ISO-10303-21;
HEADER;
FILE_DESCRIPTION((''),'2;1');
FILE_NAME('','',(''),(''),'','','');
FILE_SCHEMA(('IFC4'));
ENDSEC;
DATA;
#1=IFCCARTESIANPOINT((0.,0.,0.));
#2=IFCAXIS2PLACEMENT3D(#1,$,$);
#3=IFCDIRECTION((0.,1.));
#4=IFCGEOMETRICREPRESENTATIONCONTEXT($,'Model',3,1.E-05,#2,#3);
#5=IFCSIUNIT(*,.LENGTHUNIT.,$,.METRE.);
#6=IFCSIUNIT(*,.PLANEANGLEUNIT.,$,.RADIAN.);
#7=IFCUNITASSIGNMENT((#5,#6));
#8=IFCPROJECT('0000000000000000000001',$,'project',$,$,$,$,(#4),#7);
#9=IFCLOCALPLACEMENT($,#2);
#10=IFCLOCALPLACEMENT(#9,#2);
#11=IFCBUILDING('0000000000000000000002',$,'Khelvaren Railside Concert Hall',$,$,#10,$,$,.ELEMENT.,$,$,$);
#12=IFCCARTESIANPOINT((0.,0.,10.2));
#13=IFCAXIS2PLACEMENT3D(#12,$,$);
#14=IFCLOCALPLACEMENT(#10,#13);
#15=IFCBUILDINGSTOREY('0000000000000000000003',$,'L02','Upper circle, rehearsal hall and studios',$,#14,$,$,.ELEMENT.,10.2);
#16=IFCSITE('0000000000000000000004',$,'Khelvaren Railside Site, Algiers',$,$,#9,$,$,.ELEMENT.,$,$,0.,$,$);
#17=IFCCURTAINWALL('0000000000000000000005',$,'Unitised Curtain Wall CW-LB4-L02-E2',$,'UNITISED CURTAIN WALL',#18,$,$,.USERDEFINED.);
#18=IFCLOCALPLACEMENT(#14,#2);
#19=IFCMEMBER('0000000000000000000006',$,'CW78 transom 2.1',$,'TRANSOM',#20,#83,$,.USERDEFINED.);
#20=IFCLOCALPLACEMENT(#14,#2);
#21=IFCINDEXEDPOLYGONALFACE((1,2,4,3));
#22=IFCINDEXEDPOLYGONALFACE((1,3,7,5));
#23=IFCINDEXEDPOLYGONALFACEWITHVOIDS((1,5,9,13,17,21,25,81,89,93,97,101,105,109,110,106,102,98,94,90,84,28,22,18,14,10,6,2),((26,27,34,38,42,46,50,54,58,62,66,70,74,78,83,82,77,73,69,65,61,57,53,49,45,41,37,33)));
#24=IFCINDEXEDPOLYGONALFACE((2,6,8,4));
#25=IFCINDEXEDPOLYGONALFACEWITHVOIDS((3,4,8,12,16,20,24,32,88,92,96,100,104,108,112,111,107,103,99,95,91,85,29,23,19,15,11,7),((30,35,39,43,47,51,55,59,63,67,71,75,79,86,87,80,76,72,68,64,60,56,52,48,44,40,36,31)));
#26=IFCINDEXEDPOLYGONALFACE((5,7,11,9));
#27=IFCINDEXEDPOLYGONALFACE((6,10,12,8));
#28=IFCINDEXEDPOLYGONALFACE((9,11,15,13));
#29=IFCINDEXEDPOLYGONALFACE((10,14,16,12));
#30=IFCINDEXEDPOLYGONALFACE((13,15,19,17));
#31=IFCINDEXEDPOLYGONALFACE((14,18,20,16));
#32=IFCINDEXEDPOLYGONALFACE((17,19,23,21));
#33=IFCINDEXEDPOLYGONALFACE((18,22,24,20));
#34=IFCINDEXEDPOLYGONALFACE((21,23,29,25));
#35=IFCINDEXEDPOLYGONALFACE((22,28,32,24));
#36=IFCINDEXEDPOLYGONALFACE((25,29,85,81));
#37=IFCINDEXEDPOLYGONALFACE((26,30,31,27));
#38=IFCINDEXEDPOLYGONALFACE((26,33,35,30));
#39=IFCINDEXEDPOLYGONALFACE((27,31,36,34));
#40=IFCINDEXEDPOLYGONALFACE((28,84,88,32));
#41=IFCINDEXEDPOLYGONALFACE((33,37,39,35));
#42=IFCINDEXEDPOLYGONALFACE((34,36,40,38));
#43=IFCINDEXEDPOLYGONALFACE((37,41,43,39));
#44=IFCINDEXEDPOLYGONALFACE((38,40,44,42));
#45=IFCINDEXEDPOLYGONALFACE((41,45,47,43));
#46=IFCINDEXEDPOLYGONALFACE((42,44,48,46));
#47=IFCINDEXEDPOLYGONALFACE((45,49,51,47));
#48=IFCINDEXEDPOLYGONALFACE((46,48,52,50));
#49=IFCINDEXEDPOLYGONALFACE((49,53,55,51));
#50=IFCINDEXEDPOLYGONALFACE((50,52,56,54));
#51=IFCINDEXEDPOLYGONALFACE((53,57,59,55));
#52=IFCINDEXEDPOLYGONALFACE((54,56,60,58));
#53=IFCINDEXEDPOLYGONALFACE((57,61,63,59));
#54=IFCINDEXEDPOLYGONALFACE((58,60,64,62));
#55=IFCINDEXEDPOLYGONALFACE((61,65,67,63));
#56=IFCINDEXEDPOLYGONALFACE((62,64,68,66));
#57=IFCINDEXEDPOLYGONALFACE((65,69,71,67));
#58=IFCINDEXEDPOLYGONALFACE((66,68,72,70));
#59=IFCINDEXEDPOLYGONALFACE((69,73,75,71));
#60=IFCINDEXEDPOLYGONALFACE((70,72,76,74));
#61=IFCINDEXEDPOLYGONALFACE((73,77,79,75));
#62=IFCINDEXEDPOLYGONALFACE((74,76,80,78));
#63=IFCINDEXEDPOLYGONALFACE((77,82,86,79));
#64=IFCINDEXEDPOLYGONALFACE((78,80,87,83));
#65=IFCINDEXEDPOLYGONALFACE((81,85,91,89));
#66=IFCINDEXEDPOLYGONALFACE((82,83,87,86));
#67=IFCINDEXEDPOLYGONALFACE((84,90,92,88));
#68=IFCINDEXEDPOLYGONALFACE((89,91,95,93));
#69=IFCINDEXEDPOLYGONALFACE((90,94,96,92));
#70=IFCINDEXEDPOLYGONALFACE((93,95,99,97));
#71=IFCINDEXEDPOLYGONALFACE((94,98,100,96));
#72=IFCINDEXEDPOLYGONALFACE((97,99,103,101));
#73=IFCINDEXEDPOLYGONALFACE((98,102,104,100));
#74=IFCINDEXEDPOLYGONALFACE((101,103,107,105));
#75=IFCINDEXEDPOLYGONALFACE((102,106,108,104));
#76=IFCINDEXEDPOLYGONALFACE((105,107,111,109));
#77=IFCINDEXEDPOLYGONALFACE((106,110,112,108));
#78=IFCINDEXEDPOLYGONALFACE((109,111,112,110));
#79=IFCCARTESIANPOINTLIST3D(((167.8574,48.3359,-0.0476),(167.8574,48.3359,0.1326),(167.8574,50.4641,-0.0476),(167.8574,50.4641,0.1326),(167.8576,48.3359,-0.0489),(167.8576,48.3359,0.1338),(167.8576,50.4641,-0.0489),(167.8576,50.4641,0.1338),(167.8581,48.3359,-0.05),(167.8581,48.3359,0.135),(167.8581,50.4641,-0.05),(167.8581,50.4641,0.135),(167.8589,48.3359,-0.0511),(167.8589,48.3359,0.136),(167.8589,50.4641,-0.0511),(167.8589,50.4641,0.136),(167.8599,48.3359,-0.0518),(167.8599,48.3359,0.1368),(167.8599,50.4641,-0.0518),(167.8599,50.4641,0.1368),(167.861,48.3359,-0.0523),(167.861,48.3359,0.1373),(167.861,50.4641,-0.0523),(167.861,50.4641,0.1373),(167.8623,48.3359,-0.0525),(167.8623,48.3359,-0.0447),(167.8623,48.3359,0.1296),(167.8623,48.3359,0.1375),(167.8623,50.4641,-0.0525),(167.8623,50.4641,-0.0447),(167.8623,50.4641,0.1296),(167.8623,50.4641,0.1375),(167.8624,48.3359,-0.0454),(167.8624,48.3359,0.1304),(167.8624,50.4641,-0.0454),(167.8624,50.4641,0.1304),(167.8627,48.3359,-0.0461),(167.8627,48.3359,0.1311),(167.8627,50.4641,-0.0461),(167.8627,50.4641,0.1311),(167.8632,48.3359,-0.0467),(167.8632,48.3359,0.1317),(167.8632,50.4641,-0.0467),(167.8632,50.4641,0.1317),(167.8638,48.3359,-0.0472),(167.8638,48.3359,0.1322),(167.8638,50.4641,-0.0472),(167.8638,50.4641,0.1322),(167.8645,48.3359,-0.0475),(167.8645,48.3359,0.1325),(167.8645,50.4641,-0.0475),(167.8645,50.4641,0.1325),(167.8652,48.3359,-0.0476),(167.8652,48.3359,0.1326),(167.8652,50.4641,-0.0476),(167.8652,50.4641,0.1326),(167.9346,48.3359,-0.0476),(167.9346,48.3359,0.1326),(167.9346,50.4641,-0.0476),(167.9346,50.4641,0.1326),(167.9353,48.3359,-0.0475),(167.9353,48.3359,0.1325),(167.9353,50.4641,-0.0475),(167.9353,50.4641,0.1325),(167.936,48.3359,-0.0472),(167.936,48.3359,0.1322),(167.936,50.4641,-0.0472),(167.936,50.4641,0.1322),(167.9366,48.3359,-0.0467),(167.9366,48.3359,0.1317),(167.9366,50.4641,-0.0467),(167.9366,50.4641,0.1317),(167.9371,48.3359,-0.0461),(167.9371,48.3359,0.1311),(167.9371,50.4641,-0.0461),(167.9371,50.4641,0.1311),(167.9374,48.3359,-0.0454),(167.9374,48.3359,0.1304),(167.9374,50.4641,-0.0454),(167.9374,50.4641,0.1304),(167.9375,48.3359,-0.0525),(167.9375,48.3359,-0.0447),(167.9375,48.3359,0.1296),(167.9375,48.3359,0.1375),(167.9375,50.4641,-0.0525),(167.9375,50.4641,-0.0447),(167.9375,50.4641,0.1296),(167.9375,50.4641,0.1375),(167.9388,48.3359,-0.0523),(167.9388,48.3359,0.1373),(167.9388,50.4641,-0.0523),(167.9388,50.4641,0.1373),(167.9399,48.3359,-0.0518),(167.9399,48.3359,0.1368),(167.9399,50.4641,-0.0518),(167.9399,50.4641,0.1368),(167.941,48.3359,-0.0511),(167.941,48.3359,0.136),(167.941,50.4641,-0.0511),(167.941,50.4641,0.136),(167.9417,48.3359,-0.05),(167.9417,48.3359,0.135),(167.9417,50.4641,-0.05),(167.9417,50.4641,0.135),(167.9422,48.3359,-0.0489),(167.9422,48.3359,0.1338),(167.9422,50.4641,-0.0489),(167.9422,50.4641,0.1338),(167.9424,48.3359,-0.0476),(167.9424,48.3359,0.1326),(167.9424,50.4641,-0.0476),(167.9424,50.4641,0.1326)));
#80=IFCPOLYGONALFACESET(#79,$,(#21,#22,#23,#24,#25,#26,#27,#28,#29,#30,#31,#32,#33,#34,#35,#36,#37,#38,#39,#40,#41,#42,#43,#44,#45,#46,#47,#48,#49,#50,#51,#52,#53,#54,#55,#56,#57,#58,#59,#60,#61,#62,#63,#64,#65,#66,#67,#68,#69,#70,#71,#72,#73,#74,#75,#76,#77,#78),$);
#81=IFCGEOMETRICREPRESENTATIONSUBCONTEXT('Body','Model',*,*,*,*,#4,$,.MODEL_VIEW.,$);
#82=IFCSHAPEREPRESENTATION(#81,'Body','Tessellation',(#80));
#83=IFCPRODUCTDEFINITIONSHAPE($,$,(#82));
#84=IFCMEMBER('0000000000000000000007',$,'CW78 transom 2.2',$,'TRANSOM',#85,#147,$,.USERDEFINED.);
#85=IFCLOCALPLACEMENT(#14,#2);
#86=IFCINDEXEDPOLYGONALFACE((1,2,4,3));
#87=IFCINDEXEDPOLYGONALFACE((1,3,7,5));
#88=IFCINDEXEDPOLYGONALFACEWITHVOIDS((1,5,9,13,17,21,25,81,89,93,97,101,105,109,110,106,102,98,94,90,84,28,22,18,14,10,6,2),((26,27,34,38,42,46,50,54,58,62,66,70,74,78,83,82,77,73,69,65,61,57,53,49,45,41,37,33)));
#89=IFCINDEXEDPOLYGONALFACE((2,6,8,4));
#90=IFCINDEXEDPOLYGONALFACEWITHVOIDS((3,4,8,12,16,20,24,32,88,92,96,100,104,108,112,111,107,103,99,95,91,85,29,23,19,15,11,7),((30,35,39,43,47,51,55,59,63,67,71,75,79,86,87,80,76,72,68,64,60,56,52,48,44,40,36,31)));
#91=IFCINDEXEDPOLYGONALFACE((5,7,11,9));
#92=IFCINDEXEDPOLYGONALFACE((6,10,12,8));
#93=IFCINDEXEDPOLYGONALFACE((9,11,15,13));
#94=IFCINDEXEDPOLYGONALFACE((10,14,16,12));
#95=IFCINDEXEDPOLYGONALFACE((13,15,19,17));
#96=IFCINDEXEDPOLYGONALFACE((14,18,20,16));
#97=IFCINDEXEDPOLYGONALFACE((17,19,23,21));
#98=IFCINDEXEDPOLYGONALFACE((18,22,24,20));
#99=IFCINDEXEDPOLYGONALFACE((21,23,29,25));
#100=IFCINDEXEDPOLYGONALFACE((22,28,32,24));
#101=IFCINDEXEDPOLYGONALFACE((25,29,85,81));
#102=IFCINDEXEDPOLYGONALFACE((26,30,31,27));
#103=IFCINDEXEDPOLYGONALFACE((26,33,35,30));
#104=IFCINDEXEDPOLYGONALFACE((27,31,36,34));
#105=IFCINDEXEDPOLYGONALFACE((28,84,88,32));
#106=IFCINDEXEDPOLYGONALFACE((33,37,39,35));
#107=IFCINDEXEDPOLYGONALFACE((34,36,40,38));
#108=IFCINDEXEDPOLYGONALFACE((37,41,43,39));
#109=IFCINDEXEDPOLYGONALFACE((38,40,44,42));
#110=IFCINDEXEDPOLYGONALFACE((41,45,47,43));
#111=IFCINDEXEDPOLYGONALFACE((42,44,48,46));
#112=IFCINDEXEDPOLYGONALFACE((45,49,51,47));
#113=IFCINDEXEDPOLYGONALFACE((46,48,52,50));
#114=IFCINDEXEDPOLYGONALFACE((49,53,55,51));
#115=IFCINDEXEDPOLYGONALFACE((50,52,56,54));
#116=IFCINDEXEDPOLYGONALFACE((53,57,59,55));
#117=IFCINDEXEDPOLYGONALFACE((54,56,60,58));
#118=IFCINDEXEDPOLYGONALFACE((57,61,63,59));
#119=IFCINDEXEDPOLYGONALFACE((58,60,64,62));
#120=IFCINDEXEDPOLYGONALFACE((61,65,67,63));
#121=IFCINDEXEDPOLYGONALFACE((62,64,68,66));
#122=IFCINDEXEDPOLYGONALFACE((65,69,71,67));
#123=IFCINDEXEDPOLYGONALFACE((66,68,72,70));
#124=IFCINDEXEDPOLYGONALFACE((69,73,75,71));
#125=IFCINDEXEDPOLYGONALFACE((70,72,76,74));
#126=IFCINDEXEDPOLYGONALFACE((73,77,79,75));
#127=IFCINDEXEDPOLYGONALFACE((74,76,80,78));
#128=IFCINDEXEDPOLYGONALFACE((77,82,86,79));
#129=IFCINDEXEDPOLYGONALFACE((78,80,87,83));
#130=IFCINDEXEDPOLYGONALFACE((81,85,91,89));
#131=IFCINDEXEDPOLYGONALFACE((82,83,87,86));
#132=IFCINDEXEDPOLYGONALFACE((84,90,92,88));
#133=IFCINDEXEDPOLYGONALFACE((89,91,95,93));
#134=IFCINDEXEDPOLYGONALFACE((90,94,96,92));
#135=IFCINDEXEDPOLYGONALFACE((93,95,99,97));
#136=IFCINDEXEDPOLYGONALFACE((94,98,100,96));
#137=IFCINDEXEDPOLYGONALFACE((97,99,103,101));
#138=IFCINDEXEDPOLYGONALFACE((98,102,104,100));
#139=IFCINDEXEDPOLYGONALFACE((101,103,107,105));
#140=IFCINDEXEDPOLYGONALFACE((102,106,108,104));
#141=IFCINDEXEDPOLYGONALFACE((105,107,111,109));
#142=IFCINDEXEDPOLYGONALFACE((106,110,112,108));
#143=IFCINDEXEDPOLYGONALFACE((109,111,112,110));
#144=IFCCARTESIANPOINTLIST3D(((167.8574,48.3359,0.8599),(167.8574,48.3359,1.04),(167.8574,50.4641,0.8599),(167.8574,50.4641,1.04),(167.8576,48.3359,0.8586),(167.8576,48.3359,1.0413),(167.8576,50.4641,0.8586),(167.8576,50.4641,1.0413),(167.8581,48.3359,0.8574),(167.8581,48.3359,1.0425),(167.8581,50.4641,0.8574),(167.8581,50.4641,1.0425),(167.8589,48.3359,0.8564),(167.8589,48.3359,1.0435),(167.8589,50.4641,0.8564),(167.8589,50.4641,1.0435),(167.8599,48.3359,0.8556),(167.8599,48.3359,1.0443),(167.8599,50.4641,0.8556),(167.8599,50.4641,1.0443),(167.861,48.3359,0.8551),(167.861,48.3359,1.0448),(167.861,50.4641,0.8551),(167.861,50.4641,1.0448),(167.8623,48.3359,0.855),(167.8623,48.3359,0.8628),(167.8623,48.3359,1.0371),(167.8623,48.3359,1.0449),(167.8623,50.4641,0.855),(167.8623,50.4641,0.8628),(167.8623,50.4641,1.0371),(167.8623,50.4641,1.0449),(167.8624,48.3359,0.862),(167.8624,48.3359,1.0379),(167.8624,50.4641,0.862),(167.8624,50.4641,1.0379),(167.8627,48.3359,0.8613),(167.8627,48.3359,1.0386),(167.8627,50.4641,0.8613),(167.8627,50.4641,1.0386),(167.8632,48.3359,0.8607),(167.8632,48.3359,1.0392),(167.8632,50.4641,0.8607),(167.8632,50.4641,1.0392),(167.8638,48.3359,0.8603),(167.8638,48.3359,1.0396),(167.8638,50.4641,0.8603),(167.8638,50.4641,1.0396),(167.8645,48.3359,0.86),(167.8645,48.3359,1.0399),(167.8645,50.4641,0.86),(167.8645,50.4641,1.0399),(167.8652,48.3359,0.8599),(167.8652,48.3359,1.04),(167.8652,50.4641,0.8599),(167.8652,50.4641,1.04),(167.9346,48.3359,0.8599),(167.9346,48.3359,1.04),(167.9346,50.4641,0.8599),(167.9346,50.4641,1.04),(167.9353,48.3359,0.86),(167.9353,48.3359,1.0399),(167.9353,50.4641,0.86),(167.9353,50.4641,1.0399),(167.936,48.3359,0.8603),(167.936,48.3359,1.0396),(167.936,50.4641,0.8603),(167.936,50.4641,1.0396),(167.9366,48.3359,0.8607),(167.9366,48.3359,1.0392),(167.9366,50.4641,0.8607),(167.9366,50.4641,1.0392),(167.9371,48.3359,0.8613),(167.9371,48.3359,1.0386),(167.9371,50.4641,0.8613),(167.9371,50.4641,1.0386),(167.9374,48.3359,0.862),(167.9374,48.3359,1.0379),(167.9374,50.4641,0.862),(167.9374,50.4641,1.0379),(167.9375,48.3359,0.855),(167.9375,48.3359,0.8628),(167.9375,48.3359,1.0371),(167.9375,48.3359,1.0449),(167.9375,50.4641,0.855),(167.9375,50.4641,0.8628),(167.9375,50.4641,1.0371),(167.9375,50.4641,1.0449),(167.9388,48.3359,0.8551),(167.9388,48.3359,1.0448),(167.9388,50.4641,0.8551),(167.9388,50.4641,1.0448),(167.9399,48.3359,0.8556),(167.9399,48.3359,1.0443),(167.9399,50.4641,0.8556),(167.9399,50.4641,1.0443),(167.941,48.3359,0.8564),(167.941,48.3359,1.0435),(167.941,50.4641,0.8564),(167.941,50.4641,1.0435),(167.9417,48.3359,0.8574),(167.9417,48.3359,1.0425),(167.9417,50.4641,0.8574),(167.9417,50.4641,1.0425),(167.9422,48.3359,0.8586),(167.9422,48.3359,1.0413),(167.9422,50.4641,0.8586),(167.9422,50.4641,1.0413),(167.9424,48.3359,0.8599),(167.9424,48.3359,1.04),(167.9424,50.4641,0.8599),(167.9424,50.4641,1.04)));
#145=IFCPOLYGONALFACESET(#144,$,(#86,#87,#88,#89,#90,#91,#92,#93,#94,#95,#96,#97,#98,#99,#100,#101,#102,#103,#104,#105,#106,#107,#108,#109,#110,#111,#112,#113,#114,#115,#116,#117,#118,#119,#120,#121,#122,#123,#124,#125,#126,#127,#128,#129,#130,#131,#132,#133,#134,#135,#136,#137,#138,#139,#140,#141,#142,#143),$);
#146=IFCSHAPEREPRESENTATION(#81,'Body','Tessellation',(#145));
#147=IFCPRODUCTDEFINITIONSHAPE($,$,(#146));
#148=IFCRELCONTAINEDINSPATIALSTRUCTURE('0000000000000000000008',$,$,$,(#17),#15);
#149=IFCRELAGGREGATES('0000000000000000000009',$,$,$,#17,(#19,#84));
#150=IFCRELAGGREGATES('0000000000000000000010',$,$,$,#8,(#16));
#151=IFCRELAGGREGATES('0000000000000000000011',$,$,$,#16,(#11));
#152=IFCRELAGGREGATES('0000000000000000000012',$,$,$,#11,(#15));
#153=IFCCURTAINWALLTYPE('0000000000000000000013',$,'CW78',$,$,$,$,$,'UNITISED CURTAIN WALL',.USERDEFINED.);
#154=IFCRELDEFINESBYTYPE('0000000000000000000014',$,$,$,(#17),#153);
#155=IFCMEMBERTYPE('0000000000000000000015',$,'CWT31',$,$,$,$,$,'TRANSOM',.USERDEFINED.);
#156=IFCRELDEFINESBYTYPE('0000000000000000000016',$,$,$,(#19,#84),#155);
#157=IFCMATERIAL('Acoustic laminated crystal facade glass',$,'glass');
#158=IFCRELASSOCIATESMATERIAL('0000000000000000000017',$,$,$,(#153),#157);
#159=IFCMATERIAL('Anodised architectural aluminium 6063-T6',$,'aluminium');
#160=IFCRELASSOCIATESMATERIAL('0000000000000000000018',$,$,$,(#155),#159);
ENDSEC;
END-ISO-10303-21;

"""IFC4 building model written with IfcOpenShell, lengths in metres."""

from ifc_helpers import new_model, si_unit, direction, frame, origin, origin_2d, place, context, subcontext, project, spatial, hollow_rectangle, extrude, material, material_profile, profile_set, type_object, element, aggregate, save


model = new_model("IFC4")

# Units and contexts
model_context = context("Model", 3, precision=1e-05, world=origin(), true_north=direction((0.0, 1.0)))
body_context = subcontext(model_context, "Body", "Model", "MODEL_VIEW")
ifc_project = project(units=[si_unit("LENGTHUNIT", "METRE"), si_unit("PLANEANGLEUNIT", "RADIAN")], contexts=[model_context])

# Site, building, storey
site_placement = place(None, origin())
site = spatial("IfcSite", under=ifc_project, at=site_placement, Name="Khelvaren Railside Site, Algiers", CompositionType="ELEMENT", RefElevation=0.0)
building_placement = place(site_placement, origin())
building = spatial("IfcBuilding", under=site, at=building_placement, Name="Khelvaren Railside Concert Hall", CompositionType="ELEMENT")
storey_placement = place(building_placement, frame((0.0, 0.0, 10.2)))
storey = spatial("IfcBuildingStorey", under=building, at=storey_placement, Name="L02", Description="Upper circle, rehearsal hall and studios", CompositionType="ELEMENT", Elevation=10.2)

# Shared definitions
ifc_material_1 = material(Name="Anodised architectural aluminium 6063-T6", Category="aluminium")
ifc_material_2 = material(Name="Acoustic laminated crystal facade glass", Category="glass")
curtain_wall_type_1 = type_object("IfcCurtainWallType", Name="CW78", ElementType="UNITISED CURTAIN WALL", PredefinedType="USERDEFINED", material=ifc_material_2)

# Curtain wall
curtain_wall_1_placement = place(storey_placement, origin())
curtain_wall_1 = element("IfcCurtainWall", 1, at=curtain_wall_1_placement, inside=storey, type_object=curtain_wall_type_1, Name="Unitised Curtain Wall CW-LB4-L02-E2", ObjectType="UNITISED CURTAIN WALL", PredefinedType="USERDEFINED")

# Members
ifc_material_profile_1 = material_profile(ifc_material_1, hollow_rectangle(XDim=0.085, YDim=0.1899, WallThickness=0.0049, InnerFilletRadius=0.0029, OuterFilletRadius=0.0049, at=origin_2d()), Name="CWT 85x190x5")
ifc_profile_set_1 = profile_set([ifc_material_profile_1], Name="Anodised architectural aluminium 6063-T6")
member_type_1 = type_object("IfcMemberType", Name="CWT31", ElementType="TRANSOM", PredefinedType="USERDEFINED", material=ifc_profile_set_1)
member_1_placement = place(storey_placement, frame((167.8999, 50.4641, 0.0425), z_axis=(0.0, -1.0, 0.0), x_axis=(1.0, 0.0, 0.0)))
member_1 = element("IfcMember", 2, at=member_1_placement, type_object=member_type_1, Name="CW78 transom 2.1", ObjectType="TRANSOM", PredefinedType="USERDEFINED", context=body_context, shape_type="SweptSolid", body=[
    extrude(hollow_rectangle(XDim=0.085, YDim=0.1899, WallThickness=0.0049, InnerFilletRadius=0.0029, OuterFilletRadius=0.0049, at=origin_2d()), origin(), (0.0, 0.0, 1.0), 2.1282),
])
member_2_placement = place(storey_placement, frame((167.8999, 50.4641, 0.95), z_axis=(0.0, -1.0, 0.0), x_axis=(1.0, 0.0, 0.0)))
member_2 = element("IfcMember", 3, at=member_2_placement, type_object=member_type_1, Name="CW78 transom 2.2", ObjectType="TRANSOM", PredefinedType="USERDEFINED", context=body_context, shape_type="SweptSolid", body=[
    extrude(hollow_rectangle(XDim=0.085, YDim=0.1899, WallThickness=0.0049, InnerFilletRadius=0.0029, OuterFilletRadius=0.0049, at=origin_2d()), origin(), (0.0, 0.0, 1.0), 2.1282),
])

aggregate(curtain_wall_1, [member_1, member_2])

save(model, "model.ifc")
